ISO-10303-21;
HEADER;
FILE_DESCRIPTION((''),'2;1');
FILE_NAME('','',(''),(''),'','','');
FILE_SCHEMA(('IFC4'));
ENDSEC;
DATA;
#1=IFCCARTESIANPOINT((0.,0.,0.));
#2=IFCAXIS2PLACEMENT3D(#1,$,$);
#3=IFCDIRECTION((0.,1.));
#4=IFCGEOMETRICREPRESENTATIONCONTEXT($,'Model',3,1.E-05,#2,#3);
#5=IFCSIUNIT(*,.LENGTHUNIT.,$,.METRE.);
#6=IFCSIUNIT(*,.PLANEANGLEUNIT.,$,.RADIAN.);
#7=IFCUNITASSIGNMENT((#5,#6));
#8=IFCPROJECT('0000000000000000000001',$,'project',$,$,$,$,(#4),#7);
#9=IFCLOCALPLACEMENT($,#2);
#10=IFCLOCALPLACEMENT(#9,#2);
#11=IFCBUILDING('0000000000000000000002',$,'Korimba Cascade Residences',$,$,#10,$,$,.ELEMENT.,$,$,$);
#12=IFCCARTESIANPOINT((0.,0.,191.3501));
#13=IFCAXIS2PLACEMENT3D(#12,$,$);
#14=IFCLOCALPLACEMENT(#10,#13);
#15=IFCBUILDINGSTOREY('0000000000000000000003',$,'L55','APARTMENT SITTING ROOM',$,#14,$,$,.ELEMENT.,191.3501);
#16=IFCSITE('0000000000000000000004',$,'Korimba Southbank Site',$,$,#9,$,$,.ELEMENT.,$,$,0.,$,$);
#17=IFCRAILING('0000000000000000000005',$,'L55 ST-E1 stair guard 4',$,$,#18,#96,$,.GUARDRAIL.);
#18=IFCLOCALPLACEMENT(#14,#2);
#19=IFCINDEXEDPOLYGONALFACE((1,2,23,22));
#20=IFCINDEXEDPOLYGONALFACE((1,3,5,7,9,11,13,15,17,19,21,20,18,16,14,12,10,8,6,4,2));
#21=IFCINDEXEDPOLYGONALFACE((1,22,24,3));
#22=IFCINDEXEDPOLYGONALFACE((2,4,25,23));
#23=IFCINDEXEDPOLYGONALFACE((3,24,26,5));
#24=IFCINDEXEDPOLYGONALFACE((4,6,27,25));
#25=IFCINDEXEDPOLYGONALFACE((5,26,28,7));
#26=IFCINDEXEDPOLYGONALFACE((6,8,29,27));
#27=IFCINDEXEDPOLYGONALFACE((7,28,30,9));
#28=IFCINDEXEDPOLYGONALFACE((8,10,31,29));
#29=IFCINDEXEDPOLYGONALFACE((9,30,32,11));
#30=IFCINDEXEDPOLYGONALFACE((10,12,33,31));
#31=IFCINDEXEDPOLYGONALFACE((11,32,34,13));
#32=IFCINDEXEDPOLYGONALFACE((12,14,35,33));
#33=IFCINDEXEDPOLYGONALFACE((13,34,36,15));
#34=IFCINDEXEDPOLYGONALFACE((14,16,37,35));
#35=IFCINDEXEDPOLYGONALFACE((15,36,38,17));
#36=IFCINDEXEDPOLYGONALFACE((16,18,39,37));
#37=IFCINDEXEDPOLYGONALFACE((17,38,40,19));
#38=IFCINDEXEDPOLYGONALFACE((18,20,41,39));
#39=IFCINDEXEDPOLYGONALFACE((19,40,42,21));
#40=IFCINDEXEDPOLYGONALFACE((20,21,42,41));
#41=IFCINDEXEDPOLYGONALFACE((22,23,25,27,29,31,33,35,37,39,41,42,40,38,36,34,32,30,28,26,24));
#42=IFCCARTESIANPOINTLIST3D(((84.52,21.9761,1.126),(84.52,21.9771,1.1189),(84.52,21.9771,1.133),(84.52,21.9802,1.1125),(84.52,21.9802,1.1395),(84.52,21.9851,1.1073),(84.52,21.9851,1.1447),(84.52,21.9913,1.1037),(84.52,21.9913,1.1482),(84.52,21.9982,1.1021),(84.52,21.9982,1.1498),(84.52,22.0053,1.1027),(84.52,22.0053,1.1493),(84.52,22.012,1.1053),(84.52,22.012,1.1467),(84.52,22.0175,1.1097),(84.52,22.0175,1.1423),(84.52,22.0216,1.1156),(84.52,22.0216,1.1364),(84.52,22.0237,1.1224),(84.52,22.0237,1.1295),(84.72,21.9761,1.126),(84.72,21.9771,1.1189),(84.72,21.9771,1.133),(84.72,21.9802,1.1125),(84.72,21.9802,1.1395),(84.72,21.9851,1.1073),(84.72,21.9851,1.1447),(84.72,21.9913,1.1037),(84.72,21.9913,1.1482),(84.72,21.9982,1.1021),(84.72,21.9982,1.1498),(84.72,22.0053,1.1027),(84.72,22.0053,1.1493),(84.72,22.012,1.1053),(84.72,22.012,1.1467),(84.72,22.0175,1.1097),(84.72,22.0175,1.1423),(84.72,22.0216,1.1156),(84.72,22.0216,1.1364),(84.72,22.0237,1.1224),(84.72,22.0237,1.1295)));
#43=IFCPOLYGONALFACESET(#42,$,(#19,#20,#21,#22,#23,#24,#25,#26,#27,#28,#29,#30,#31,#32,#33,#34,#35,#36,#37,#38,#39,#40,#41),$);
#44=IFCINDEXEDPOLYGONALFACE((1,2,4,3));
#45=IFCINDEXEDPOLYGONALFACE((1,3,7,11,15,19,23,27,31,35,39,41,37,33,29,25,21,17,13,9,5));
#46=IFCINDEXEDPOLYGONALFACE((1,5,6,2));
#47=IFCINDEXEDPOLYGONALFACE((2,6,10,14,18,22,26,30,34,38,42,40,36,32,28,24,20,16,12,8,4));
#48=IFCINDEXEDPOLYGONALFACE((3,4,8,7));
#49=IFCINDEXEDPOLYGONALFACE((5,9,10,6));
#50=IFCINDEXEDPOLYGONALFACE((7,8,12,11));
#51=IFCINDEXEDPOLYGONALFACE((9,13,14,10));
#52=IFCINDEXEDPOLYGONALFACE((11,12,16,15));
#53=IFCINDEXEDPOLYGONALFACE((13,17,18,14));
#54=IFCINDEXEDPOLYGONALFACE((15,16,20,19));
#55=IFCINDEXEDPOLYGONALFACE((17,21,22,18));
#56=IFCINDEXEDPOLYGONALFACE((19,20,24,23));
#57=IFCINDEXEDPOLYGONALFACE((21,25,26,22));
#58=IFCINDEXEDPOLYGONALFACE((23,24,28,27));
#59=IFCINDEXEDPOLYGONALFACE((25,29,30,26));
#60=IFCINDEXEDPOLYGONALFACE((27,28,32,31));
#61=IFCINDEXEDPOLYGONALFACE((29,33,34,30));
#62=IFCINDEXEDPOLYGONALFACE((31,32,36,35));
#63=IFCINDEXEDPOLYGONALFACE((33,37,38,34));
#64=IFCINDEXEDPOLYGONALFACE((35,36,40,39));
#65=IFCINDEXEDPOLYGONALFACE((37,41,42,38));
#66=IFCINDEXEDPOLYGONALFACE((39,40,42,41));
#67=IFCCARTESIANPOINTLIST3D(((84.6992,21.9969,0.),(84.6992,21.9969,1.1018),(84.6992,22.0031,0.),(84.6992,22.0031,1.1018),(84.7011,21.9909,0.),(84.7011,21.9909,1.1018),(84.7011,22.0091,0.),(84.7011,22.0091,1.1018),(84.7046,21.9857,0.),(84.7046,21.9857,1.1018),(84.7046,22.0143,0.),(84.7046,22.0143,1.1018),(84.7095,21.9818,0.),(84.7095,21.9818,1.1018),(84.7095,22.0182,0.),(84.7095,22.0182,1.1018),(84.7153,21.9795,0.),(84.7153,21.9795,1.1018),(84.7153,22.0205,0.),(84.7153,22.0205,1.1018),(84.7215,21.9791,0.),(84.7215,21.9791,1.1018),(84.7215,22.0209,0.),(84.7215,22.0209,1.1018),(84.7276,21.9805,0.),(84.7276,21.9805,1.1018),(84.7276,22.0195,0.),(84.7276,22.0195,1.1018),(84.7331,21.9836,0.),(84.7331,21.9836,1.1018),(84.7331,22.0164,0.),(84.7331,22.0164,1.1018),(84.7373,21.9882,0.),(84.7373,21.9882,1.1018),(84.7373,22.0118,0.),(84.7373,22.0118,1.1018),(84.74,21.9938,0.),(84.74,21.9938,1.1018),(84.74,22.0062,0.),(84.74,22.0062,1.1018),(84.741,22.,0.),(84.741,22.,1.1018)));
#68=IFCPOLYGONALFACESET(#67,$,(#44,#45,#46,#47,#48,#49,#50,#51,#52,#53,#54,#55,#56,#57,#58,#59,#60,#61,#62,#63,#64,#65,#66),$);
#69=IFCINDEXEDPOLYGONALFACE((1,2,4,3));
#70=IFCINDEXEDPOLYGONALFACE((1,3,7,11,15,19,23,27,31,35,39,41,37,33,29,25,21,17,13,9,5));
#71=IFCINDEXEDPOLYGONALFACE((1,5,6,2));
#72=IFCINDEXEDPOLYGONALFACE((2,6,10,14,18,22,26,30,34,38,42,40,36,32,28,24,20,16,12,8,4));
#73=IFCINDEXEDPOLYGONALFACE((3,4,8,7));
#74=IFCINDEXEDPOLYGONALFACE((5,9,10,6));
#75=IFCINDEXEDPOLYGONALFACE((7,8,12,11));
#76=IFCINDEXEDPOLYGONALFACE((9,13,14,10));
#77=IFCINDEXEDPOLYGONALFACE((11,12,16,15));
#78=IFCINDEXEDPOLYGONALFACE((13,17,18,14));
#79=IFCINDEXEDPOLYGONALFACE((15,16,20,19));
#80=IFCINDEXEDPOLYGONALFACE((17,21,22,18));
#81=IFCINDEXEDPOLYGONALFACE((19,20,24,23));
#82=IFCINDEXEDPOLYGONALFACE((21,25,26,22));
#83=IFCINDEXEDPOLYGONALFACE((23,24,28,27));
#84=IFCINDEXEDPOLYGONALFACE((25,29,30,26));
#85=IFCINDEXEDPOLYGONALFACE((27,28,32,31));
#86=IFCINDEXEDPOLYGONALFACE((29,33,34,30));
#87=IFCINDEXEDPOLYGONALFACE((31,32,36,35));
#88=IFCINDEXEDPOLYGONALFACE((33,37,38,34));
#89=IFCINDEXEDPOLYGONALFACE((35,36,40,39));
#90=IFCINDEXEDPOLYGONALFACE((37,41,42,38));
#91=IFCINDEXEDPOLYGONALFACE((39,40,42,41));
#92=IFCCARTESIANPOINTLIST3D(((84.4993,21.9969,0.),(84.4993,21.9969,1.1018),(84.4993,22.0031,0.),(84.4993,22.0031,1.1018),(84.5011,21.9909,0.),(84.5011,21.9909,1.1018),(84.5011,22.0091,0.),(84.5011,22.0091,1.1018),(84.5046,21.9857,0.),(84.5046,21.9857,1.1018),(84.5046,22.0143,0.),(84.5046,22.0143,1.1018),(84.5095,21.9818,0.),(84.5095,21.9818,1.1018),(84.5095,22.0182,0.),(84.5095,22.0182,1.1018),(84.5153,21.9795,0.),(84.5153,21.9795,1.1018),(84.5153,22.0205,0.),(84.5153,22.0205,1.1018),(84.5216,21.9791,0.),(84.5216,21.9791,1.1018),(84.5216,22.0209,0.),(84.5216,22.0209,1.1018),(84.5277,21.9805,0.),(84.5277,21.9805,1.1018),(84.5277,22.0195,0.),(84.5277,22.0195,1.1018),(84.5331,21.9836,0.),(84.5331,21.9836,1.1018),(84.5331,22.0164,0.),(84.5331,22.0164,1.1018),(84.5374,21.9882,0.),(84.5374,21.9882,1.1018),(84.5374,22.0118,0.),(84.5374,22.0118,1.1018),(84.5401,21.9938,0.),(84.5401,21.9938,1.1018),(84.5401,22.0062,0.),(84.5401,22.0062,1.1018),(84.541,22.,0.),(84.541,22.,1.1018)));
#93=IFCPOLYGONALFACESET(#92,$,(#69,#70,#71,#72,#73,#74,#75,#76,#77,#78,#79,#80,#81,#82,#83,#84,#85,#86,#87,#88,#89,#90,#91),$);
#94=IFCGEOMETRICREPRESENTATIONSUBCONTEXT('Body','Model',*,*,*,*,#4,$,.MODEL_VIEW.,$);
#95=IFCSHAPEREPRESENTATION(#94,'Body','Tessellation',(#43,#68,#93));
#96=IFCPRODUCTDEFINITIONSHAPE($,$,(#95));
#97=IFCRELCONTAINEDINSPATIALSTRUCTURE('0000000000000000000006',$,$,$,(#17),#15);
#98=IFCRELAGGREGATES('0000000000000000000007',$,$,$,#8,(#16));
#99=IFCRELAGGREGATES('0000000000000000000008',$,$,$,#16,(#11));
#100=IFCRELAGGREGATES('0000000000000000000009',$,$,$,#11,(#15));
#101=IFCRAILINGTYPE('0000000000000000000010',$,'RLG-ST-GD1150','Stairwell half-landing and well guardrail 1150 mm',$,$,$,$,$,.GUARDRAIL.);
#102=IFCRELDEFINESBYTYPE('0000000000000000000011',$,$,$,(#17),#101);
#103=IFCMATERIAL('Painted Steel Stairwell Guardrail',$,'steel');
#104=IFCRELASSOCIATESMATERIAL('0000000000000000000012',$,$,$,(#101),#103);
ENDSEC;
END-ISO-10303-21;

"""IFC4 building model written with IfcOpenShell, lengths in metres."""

from ifc_helpers import new_model, si_unit, direction, frame, origin, origin_2d, place, context, subcontext, project, spatial, circle, extrude, material, type_object, element, save


model = new_model("IFC4")

# Units and contexts
model_context = context("Model", 3, precision=1e-05, world=origin(), true_north=direction((0.0, 1.0)))
body_context = subcontext(model_context, "Body", "Model", "MODEL_VIEW")
ifc_project = project(units=[si_unit("LENGTHUNIT", "METRE"), si_unit("PLANEANGLEUNIT", "RADIAN")], contexts=[model_context])

# Site, building, storey
site_placement = place(None, origin())
site = spatial("IfcSite", under=ifc_project, at=site_placement, Name="Korimba Southbank Site", CompositionType="ELEMENT", RefElevation=0.0)
building_placement = place(site_placement, origin())
building = spatial("IfcBuilding", under=site, at=building_placement, Name="Korimba Cascade Residences", CompositionType="ELEMENT")
storey_placement = place(building_placement, frame((0.0, 0.0, 191.3501)))
storey = spatial("IfcBuildingStorey", under=building, at=storey_placement, Name="L55", Description="APARTMENT SITTING ROOM", CompositionType="ELEMENT", Elevation=191.3501)

# Railing
ifc_material_1 = material(Name="Painted Steel Stairwell Guardrail", Category="steel")
railing_type_1 = type_object("IfcRailingType", Name="RLG-ST-GD1150", Description="Stairwell half-landing and well guardrail 1150 mm", PredefinedType="GUARDRAIL", material=ifc_material_1)
railing_1_placement = place(storey_placement, frame((84.72, 22.0, 0.0)))
element("IfcRailing", 1, at=railing_1_placement, inside=storey, type_object=railing_type_1, Name="L55 ST-E1 stair guard 4", PredefinedType="GUARDRAIL", context=body_context, shape_type="SweptSolid", body=[
    extrude(circle(Radius=0.0239, at=origin_2d()), frame((0.0, 0.0, 1.126), z_axis=(-1.0, 0.0, 0.0), x_axis=(0.0, -1.0, 0.0)), (0.0, 0.0, 1.0), 0.2),
    extrude(circle(Radius=0.021, at=origin_2d()), origin(), (0.0, 0.0, 1.0), 1.1018),
    extrude(circle(Radius=0.021, at=origin_2d()), frame((-0.2, 0.0, 0.0)), (0.0, 0.0, 1.0), 1.1018),
])

save(model, "model.ifc")
